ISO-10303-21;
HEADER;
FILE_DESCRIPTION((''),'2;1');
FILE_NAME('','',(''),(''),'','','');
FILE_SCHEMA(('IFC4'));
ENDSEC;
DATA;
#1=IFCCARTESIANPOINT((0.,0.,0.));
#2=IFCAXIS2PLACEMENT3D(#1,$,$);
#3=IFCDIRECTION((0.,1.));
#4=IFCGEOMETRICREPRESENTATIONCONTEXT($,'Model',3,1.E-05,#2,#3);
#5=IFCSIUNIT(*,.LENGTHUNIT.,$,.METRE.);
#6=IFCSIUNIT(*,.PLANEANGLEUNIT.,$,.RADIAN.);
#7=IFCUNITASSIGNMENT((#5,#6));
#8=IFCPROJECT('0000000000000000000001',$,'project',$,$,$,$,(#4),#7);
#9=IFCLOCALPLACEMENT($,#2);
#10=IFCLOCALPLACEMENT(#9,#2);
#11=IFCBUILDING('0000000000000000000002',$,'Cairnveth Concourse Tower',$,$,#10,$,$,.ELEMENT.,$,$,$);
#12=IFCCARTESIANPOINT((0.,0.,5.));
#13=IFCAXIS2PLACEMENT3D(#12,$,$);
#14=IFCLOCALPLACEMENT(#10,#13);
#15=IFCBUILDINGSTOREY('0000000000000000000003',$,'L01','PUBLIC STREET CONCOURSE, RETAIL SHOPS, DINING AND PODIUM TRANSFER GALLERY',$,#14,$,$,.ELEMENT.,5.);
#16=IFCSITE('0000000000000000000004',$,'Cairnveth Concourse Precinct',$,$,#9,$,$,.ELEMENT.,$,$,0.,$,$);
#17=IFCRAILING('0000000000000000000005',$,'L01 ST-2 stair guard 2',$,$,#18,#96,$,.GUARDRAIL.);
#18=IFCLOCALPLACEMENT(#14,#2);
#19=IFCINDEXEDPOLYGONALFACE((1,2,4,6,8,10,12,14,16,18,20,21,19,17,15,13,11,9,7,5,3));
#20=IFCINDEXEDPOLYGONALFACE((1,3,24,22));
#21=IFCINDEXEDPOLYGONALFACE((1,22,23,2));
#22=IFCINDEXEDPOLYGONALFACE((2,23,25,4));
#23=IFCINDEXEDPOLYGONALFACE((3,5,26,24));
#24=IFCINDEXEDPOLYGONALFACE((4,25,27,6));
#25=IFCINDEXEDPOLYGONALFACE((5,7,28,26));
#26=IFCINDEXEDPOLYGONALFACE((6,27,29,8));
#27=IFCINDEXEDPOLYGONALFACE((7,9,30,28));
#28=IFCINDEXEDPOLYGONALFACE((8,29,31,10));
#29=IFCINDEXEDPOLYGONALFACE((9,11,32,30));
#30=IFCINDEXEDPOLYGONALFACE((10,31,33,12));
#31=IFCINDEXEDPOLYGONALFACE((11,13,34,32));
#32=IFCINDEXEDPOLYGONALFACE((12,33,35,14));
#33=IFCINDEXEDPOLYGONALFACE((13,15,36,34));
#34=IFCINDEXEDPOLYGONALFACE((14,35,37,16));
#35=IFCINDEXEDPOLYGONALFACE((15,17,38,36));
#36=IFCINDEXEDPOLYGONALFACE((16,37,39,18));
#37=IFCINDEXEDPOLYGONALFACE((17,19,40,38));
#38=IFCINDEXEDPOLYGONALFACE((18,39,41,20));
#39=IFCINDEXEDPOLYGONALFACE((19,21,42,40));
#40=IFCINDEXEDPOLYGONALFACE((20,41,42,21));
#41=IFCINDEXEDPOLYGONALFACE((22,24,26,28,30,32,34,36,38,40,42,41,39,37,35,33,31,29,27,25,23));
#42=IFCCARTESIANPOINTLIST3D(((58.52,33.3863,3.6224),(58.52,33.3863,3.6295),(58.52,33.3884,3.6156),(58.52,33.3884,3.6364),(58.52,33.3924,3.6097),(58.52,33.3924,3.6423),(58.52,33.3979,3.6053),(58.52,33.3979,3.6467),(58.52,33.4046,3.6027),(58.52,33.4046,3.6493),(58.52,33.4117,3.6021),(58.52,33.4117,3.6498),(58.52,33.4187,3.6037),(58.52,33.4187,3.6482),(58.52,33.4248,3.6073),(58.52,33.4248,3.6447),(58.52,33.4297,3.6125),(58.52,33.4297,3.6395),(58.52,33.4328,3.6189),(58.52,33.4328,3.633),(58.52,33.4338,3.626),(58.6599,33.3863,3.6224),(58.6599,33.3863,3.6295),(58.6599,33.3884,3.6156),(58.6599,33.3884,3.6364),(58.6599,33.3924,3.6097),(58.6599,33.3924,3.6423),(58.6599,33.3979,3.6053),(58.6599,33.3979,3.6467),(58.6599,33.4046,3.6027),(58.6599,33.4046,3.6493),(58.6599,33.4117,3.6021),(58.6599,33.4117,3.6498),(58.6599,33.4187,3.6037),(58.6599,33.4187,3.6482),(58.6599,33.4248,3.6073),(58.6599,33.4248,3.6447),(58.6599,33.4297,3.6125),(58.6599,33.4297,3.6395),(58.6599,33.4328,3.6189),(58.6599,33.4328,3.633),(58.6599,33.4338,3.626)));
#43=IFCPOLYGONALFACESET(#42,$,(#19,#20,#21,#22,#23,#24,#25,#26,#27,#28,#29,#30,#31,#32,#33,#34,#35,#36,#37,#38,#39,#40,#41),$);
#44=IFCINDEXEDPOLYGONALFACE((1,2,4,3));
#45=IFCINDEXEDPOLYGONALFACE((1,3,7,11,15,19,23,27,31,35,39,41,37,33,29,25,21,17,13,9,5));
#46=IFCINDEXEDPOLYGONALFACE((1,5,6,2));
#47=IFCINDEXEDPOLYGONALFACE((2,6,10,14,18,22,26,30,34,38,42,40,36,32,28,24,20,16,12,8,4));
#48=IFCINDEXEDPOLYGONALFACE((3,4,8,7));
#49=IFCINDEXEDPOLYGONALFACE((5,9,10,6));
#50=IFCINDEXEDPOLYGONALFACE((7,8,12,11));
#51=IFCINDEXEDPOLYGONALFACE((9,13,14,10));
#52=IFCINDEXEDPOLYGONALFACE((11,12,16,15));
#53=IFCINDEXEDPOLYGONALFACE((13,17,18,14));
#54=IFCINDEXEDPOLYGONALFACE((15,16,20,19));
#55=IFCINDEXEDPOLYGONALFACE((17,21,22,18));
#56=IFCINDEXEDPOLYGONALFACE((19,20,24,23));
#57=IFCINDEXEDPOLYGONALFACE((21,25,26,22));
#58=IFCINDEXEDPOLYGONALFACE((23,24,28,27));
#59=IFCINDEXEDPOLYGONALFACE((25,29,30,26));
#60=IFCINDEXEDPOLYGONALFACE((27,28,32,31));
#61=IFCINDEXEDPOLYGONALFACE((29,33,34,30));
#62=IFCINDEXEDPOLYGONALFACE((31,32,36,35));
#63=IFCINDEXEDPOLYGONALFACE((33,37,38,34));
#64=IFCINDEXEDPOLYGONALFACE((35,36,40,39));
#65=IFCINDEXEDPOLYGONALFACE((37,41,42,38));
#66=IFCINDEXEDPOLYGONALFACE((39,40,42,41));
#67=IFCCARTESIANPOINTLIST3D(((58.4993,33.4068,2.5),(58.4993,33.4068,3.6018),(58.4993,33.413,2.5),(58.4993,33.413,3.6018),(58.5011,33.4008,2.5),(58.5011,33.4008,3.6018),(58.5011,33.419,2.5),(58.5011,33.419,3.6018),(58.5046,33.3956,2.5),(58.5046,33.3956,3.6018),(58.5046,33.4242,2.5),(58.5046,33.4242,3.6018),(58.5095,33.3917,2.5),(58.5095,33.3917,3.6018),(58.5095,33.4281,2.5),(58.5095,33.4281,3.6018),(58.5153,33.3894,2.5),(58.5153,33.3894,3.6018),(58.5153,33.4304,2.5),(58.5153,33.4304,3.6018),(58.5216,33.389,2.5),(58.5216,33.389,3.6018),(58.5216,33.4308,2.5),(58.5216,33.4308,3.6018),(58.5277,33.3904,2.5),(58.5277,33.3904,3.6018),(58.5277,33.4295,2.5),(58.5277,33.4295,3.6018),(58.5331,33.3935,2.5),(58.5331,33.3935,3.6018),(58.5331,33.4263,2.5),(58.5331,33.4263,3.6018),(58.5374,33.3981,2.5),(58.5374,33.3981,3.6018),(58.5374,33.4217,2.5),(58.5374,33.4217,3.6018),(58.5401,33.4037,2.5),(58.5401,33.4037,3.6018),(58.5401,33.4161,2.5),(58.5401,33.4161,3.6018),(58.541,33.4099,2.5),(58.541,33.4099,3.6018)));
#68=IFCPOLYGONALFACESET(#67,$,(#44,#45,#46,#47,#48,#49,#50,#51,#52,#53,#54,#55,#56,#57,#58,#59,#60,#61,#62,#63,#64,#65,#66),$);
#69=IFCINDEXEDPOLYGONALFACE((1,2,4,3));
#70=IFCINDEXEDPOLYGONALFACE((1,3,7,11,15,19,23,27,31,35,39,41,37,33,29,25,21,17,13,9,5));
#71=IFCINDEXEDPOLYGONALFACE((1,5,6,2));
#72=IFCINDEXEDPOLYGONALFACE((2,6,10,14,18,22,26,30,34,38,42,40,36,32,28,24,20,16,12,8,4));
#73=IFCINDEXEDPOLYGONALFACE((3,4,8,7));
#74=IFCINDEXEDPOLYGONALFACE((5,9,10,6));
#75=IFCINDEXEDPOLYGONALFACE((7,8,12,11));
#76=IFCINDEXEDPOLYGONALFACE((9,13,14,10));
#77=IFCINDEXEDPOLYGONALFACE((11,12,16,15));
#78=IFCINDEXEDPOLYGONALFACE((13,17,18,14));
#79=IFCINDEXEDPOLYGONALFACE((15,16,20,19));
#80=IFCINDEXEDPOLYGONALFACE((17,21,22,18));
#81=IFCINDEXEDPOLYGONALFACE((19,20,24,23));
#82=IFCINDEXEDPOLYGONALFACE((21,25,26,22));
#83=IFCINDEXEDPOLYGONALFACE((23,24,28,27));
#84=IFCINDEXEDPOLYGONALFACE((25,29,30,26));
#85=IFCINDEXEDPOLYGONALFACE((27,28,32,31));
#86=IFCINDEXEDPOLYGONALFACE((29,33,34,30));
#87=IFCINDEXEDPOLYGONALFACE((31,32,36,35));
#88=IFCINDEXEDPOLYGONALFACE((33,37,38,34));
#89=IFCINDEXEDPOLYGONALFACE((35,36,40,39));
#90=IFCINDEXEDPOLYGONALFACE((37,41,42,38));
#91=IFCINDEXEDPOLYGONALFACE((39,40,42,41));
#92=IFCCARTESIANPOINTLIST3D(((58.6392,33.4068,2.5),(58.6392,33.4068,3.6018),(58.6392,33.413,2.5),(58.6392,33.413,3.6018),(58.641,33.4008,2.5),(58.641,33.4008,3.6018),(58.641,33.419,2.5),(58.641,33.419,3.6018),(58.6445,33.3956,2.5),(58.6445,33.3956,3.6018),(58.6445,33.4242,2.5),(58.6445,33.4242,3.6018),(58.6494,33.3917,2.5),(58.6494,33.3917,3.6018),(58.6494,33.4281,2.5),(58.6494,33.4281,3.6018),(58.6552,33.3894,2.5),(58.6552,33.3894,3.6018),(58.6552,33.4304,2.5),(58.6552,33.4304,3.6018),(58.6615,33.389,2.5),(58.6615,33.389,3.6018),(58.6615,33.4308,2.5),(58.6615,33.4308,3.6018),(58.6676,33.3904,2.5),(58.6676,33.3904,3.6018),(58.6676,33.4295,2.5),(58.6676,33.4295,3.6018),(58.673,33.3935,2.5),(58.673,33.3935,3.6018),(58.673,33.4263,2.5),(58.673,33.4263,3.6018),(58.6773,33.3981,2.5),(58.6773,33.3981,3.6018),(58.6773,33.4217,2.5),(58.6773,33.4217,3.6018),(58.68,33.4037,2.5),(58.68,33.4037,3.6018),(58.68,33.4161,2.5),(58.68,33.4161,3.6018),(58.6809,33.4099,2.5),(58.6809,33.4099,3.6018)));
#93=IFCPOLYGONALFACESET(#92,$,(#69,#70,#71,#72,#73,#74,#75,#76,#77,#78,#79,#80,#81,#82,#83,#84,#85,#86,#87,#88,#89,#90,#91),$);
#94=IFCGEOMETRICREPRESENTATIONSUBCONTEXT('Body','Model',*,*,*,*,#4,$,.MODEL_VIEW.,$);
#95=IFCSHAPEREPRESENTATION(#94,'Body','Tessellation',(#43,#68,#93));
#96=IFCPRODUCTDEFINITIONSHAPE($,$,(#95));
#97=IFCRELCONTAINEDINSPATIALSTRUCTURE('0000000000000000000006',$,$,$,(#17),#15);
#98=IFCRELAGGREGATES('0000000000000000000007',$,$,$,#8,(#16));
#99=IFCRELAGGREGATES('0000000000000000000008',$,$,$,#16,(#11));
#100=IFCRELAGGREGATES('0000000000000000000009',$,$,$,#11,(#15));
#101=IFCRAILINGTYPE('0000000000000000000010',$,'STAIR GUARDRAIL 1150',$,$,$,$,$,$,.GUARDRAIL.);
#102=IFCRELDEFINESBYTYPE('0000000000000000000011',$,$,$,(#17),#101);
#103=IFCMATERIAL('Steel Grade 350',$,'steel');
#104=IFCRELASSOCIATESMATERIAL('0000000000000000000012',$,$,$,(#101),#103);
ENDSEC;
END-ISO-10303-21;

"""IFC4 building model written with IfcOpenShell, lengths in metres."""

from ifc_helpers import new_model, si_unit, direction, frame, origin, origin_2d, place, context, subcontext, project, spatial, circle, extrude, material, type_object, element, save


model = new_model("IFC4")

# Units and contexts
model_context = context("Model", 3, precision=1e-05, world=origin(), true_north=direction((0.0, 1.0)))
body_context = subcontext(model_context, "Body", "Model", "MODEL_VIEW")
ifc_project = project(units=[si_unit("LENGTHUNIT", "METRE"), si_unit("PLANEANGLEUNIT", "RADIAN")], contexts=[model_context])

# Site, building, storey
site_placement = place(None, origin())
site = spatial("IfcSite", under=ifc_project, at=site_placement, Name="Cairnveth Concourse Precinct", CompositionType="ELEMENT", RefElevation=0.0)
building_placement = place(site_placement, origin())
building = spatial("IfcBuilding", under=site, at=building_placement, Name="Cairnveth Concourse Tower", CompositionType="ELEMENT")
storey_placement = place(building_placement, frame((0.0, 0.0, 5.0)))
storey = spatial("IfcBuildingStorey", under=building, at=storey_placement, Name="L01", Description="PUBLIC STREET CONCOURSE, RETAIL SHOPS, DINING AND PODIUM TRANSFER GALLERY", CompositionType="ELEMENT", Elevation=5.0)

# Shared definitions
ifc_material_1 = material(Name="Steel Grade 350", Category="steel")

# Railing
railing_type_1 = type_object("IfcRailingType", Name="STAIR GUARDRAIL 1150", PredefinedType="GUARDRAIL", material=ifc_material_1)
railing_1_placement = place(storey_placement, frame((58.52, 33.4099, 2.5)))
element("IfcRailing", 1, at=railing_1_placement, inside=storey, type_object=railing_type_1, Name="L01 ST-2 stair guard 2", PredefinedType="GUARDRAIL", context=body_context, shape_type="SweptSolid", body=[
    extrude(circle(Radius=0.0239, at=origin_2d()), frame((0.0, 0.0, 1.126), z_axis=(1.0, 0.0, 0.0), x_axis=(0.0, 1.0, 0.0)), (0.0, 0.0, 1.0), 0.1399),
    extrude(circle(Radius=0.021, at=origin_2d()), origin(), (0.0, 0.0, 1.0), 1.1018),
    extrude(circle(Radius=0.021, at=origin_2d()), frame((0.1399, 0.0, 0.0)), (0.0, 0.0, 1.0), 1.1018),
])

save(model, "model.ifc")
